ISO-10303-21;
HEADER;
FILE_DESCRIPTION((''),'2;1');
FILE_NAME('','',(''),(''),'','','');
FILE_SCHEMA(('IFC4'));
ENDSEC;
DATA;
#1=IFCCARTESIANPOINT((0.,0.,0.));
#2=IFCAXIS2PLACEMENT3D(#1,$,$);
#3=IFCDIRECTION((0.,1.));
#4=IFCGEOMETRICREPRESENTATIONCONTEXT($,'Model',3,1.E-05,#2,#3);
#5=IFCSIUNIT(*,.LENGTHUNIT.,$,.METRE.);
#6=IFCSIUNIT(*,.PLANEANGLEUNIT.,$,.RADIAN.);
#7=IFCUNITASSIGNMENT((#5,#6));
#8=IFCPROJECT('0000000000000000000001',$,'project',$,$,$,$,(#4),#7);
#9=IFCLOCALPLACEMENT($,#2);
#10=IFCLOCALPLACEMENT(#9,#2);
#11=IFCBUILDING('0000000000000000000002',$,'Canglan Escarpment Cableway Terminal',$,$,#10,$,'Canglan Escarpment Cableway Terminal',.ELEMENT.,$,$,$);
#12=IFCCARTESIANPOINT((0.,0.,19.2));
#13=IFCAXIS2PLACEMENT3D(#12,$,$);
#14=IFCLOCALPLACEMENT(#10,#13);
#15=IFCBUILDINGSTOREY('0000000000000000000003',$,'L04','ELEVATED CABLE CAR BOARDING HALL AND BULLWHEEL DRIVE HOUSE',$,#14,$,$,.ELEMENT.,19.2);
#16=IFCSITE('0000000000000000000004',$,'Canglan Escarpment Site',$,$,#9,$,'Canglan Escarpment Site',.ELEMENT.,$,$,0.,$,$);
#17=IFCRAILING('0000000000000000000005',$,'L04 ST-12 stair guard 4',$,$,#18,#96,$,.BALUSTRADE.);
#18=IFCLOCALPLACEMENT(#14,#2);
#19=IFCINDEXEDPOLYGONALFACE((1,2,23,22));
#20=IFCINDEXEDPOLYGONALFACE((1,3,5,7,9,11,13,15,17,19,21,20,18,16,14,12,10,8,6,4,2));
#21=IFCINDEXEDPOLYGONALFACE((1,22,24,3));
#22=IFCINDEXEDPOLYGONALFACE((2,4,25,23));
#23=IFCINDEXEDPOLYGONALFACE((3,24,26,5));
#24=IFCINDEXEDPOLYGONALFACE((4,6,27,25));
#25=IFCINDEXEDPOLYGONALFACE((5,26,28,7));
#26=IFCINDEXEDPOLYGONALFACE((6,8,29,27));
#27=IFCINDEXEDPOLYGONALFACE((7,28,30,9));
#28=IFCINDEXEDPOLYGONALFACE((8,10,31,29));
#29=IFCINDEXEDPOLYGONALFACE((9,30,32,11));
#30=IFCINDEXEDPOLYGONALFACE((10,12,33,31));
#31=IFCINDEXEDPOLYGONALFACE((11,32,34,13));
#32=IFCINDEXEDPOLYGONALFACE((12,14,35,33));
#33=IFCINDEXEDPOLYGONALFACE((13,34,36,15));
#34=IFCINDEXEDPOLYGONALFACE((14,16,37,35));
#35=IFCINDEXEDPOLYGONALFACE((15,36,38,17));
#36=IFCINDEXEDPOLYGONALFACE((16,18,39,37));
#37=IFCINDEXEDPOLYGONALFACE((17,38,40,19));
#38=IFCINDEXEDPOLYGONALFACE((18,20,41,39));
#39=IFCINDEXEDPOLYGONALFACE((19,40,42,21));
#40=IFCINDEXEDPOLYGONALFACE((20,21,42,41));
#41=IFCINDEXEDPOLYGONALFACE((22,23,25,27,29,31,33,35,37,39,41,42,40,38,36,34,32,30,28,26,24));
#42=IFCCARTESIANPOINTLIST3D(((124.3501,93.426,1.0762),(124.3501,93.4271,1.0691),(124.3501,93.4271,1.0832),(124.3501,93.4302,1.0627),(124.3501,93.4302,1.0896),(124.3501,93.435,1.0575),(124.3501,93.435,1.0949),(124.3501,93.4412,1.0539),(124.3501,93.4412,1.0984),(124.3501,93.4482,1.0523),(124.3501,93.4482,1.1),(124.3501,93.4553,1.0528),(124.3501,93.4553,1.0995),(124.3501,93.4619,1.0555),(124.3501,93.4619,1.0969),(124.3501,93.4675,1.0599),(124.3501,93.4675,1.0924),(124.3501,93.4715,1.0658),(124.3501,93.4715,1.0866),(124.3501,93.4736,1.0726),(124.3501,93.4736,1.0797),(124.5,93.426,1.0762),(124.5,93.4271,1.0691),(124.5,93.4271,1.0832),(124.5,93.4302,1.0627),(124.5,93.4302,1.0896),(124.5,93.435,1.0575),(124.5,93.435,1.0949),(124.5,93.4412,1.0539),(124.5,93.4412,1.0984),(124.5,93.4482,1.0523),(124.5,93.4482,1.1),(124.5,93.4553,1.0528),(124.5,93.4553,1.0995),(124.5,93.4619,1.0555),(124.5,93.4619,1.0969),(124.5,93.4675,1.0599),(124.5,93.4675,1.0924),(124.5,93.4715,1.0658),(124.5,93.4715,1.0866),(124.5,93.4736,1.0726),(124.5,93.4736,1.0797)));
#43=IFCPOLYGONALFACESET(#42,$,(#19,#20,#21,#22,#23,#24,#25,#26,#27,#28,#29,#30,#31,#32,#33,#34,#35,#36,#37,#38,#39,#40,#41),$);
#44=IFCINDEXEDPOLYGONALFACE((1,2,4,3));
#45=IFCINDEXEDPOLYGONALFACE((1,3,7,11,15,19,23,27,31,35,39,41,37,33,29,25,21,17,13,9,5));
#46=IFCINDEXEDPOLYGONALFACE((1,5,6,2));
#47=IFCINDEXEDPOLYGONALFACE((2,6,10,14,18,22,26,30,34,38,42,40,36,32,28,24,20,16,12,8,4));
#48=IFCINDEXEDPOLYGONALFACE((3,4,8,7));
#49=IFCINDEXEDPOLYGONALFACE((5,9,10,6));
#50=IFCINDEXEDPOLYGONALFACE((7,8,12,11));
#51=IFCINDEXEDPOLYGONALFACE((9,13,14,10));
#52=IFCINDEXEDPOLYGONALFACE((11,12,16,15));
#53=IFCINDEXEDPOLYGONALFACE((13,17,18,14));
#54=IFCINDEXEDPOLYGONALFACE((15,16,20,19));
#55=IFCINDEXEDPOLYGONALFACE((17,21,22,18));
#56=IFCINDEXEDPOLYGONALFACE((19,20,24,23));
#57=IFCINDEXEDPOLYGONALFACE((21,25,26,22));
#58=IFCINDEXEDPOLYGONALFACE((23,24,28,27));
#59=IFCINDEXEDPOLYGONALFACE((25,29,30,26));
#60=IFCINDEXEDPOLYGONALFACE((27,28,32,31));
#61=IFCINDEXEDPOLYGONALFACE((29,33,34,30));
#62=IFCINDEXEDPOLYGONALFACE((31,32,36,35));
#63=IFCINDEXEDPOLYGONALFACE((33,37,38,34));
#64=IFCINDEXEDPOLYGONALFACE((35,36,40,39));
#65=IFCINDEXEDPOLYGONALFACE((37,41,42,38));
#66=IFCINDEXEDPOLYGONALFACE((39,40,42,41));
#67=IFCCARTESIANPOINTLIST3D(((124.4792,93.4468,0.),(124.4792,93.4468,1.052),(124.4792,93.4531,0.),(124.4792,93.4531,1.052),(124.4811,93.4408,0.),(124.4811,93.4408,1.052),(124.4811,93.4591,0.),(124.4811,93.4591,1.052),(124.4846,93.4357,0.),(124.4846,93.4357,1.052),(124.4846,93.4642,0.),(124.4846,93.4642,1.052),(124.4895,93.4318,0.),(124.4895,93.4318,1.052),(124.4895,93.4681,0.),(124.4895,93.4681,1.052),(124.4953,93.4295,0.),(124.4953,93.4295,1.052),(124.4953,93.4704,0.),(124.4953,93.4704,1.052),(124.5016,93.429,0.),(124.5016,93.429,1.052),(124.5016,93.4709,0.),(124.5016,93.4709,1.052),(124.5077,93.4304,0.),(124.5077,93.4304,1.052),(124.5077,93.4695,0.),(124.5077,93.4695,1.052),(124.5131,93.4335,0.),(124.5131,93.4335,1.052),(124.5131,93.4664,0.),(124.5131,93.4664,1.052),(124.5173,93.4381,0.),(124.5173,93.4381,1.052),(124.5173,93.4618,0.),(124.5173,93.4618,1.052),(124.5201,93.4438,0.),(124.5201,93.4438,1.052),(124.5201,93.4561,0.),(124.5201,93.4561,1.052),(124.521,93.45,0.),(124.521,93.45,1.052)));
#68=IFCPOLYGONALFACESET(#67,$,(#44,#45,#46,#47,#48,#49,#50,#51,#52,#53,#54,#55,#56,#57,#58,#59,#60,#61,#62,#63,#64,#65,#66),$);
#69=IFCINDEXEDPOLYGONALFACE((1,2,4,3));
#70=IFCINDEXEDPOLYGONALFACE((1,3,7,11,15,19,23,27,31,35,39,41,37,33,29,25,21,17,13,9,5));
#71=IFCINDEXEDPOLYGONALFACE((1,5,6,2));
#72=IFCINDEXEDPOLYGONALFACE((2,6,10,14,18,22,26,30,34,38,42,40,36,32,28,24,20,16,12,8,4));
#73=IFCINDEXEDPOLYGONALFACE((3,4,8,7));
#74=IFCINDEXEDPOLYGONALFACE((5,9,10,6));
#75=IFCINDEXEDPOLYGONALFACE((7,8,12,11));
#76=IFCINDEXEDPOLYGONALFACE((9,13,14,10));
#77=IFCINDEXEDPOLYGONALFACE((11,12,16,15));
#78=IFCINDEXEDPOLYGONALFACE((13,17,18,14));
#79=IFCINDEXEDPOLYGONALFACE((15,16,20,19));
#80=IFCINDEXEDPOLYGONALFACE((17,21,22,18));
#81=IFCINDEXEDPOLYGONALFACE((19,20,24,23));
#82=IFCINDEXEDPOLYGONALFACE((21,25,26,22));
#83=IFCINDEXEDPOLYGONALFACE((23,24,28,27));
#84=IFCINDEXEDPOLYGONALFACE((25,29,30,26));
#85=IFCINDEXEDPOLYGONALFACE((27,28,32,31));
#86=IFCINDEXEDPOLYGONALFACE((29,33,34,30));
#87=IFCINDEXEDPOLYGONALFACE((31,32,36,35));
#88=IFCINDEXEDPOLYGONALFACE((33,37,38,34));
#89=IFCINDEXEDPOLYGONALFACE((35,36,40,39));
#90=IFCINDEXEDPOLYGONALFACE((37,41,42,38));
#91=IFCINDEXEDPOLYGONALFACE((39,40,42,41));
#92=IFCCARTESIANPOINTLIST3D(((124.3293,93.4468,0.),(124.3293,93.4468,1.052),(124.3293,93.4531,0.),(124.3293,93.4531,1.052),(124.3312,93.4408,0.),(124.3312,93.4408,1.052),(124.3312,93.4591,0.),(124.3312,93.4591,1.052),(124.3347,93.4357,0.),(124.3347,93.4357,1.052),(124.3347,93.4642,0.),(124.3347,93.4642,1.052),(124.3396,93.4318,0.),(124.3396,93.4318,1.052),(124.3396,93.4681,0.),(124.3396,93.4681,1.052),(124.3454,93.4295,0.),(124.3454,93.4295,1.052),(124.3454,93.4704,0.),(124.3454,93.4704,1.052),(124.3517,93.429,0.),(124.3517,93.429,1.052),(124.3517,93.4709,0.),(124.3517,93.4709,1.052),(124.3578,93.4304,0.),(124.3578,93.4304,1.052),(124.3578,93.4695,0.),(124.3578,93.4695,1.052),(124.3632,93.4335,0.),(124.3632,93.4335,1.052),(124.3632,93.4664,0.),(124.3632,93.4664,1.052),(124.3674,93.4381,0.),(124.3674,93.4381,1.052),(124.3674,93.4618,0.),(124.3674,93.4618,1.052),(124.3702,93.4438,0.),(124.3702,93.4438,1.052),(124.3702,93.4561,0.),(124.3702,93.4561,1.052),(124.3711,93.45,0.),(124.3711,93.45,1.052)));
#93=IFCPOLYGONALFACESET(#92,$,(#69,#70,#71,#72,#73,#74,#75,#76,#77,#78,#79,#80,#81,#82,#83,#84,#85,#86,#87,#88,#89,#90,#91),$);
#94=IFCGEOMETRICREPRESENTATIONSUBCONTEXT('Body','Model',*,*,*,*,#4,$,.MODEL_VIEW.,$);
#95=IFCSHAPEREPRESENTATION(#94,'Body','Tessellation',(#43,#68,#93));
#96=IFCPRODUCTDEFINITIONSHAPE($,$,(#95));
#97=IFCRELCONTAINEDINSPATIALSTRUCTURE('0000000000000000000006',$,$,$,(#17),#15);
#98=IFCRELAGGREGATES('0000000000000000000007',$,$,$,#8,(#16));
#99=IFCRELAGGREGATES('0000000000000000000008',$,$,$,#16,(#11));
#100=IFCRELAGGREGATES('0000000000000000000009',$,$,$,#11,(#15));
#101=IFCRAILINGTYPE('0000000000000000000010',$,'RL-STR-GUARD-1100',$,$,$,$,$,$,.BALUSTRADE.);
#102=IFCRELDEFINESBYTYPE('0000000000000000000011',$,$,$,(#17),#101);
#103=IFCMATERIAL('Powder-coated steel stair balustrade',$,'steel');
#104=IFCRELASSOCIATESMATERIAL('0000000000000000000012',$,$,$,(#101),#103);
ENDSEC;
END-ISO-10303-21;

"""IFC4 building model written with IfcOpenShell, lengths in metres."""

from ifc_helpers import new_model, si_unit, direction, frame, origin, origin_2d, place, context, subcontext, project, spatial, circle, extrude, material, type_object, element, save


model = new_model("IFC4")

# Units and contexts
model_context = context("Model", 3, precision=1e-05, world=origin(), true_north=direction((0.0, 1.0)))
body_context = subcontext(model_context, "Body", "Model", "MODEL_VIEW")
ifc_project = project(units=[si_unit("LENGTHUNIT", "METRE"), si_unit("PLANEANGLEUNIT", "RADIAN")], contexts=[model_context])

# Site, building, storey
site_placement = place(None, origin())
site = spatial("IfcSite", under=ifc_project, at=site_placement, Name="Canglan Escarpment Site", LongName="Canglan Escarpment Site", CompositionType="ELEMENT", RefElevation=0.0)
building_placement = place(site_placement, origin())
building = spatial("IfcBuilding", under=site, at=building_placement, Name="Canglan Escarpment Cableway Terminal", LongName="Canglan Escarpment Cableway Terminal", CompositionType="ELEMENT")
storey_placement = place(building_placement, frame((0.0, 0.0, 19.2)))
storey = spatial("IfcBuildingStorey", under=building, at=storey_placement, Name="L04", Description="ELEVATED CABLE CAR BOARDING HALL AND BULLWHEEL DRIVE HOUSE", CompositionType="ELEMENT", Elevation=19.2)

# Railing
ifc_material_1 = material(Name="Powder-coated steel stair balustrade", Category="steel")
railing_type_1 = type_object("IfcRailingType", Name="RL-STR-GUARD-1100", PredefinedType="BALUSTRADE", material=ifc_material_1)
railing_1_placement = place(storey_placement, frame((124.5, 93.45, 0.0)))
element("IfcRailing", 1, at=railing_1_placement, inside=storey, type_object=railing_type_1, Name="L04 ST-12 stair guard 4", PredefinedType="BALUSTRADE", context=body_context, shape_type="SweptSolid", body=[
    extrude(circle(Radius=0.0239, at=origin_2d()), frame((0.0, 0.0, 1.0762), z_axis=(-1.0, 0.0, 0.0), x_axis=(0.0, -1.0, 0.0)), (0.0, 0.0, 1.0), 0.1499),
    extrude(circle(Radius=0.021, at=origin_2d()), origin(), (0.0, 0.0, 1.0), 1.052),
    extrude(circle(Radius=0.021, at=origin_2d()), frame((-0.1499, 0.0, 0.0)), (0.0, 0.0, 1.0), 1.052),
])

save(model, "model.ifc")
